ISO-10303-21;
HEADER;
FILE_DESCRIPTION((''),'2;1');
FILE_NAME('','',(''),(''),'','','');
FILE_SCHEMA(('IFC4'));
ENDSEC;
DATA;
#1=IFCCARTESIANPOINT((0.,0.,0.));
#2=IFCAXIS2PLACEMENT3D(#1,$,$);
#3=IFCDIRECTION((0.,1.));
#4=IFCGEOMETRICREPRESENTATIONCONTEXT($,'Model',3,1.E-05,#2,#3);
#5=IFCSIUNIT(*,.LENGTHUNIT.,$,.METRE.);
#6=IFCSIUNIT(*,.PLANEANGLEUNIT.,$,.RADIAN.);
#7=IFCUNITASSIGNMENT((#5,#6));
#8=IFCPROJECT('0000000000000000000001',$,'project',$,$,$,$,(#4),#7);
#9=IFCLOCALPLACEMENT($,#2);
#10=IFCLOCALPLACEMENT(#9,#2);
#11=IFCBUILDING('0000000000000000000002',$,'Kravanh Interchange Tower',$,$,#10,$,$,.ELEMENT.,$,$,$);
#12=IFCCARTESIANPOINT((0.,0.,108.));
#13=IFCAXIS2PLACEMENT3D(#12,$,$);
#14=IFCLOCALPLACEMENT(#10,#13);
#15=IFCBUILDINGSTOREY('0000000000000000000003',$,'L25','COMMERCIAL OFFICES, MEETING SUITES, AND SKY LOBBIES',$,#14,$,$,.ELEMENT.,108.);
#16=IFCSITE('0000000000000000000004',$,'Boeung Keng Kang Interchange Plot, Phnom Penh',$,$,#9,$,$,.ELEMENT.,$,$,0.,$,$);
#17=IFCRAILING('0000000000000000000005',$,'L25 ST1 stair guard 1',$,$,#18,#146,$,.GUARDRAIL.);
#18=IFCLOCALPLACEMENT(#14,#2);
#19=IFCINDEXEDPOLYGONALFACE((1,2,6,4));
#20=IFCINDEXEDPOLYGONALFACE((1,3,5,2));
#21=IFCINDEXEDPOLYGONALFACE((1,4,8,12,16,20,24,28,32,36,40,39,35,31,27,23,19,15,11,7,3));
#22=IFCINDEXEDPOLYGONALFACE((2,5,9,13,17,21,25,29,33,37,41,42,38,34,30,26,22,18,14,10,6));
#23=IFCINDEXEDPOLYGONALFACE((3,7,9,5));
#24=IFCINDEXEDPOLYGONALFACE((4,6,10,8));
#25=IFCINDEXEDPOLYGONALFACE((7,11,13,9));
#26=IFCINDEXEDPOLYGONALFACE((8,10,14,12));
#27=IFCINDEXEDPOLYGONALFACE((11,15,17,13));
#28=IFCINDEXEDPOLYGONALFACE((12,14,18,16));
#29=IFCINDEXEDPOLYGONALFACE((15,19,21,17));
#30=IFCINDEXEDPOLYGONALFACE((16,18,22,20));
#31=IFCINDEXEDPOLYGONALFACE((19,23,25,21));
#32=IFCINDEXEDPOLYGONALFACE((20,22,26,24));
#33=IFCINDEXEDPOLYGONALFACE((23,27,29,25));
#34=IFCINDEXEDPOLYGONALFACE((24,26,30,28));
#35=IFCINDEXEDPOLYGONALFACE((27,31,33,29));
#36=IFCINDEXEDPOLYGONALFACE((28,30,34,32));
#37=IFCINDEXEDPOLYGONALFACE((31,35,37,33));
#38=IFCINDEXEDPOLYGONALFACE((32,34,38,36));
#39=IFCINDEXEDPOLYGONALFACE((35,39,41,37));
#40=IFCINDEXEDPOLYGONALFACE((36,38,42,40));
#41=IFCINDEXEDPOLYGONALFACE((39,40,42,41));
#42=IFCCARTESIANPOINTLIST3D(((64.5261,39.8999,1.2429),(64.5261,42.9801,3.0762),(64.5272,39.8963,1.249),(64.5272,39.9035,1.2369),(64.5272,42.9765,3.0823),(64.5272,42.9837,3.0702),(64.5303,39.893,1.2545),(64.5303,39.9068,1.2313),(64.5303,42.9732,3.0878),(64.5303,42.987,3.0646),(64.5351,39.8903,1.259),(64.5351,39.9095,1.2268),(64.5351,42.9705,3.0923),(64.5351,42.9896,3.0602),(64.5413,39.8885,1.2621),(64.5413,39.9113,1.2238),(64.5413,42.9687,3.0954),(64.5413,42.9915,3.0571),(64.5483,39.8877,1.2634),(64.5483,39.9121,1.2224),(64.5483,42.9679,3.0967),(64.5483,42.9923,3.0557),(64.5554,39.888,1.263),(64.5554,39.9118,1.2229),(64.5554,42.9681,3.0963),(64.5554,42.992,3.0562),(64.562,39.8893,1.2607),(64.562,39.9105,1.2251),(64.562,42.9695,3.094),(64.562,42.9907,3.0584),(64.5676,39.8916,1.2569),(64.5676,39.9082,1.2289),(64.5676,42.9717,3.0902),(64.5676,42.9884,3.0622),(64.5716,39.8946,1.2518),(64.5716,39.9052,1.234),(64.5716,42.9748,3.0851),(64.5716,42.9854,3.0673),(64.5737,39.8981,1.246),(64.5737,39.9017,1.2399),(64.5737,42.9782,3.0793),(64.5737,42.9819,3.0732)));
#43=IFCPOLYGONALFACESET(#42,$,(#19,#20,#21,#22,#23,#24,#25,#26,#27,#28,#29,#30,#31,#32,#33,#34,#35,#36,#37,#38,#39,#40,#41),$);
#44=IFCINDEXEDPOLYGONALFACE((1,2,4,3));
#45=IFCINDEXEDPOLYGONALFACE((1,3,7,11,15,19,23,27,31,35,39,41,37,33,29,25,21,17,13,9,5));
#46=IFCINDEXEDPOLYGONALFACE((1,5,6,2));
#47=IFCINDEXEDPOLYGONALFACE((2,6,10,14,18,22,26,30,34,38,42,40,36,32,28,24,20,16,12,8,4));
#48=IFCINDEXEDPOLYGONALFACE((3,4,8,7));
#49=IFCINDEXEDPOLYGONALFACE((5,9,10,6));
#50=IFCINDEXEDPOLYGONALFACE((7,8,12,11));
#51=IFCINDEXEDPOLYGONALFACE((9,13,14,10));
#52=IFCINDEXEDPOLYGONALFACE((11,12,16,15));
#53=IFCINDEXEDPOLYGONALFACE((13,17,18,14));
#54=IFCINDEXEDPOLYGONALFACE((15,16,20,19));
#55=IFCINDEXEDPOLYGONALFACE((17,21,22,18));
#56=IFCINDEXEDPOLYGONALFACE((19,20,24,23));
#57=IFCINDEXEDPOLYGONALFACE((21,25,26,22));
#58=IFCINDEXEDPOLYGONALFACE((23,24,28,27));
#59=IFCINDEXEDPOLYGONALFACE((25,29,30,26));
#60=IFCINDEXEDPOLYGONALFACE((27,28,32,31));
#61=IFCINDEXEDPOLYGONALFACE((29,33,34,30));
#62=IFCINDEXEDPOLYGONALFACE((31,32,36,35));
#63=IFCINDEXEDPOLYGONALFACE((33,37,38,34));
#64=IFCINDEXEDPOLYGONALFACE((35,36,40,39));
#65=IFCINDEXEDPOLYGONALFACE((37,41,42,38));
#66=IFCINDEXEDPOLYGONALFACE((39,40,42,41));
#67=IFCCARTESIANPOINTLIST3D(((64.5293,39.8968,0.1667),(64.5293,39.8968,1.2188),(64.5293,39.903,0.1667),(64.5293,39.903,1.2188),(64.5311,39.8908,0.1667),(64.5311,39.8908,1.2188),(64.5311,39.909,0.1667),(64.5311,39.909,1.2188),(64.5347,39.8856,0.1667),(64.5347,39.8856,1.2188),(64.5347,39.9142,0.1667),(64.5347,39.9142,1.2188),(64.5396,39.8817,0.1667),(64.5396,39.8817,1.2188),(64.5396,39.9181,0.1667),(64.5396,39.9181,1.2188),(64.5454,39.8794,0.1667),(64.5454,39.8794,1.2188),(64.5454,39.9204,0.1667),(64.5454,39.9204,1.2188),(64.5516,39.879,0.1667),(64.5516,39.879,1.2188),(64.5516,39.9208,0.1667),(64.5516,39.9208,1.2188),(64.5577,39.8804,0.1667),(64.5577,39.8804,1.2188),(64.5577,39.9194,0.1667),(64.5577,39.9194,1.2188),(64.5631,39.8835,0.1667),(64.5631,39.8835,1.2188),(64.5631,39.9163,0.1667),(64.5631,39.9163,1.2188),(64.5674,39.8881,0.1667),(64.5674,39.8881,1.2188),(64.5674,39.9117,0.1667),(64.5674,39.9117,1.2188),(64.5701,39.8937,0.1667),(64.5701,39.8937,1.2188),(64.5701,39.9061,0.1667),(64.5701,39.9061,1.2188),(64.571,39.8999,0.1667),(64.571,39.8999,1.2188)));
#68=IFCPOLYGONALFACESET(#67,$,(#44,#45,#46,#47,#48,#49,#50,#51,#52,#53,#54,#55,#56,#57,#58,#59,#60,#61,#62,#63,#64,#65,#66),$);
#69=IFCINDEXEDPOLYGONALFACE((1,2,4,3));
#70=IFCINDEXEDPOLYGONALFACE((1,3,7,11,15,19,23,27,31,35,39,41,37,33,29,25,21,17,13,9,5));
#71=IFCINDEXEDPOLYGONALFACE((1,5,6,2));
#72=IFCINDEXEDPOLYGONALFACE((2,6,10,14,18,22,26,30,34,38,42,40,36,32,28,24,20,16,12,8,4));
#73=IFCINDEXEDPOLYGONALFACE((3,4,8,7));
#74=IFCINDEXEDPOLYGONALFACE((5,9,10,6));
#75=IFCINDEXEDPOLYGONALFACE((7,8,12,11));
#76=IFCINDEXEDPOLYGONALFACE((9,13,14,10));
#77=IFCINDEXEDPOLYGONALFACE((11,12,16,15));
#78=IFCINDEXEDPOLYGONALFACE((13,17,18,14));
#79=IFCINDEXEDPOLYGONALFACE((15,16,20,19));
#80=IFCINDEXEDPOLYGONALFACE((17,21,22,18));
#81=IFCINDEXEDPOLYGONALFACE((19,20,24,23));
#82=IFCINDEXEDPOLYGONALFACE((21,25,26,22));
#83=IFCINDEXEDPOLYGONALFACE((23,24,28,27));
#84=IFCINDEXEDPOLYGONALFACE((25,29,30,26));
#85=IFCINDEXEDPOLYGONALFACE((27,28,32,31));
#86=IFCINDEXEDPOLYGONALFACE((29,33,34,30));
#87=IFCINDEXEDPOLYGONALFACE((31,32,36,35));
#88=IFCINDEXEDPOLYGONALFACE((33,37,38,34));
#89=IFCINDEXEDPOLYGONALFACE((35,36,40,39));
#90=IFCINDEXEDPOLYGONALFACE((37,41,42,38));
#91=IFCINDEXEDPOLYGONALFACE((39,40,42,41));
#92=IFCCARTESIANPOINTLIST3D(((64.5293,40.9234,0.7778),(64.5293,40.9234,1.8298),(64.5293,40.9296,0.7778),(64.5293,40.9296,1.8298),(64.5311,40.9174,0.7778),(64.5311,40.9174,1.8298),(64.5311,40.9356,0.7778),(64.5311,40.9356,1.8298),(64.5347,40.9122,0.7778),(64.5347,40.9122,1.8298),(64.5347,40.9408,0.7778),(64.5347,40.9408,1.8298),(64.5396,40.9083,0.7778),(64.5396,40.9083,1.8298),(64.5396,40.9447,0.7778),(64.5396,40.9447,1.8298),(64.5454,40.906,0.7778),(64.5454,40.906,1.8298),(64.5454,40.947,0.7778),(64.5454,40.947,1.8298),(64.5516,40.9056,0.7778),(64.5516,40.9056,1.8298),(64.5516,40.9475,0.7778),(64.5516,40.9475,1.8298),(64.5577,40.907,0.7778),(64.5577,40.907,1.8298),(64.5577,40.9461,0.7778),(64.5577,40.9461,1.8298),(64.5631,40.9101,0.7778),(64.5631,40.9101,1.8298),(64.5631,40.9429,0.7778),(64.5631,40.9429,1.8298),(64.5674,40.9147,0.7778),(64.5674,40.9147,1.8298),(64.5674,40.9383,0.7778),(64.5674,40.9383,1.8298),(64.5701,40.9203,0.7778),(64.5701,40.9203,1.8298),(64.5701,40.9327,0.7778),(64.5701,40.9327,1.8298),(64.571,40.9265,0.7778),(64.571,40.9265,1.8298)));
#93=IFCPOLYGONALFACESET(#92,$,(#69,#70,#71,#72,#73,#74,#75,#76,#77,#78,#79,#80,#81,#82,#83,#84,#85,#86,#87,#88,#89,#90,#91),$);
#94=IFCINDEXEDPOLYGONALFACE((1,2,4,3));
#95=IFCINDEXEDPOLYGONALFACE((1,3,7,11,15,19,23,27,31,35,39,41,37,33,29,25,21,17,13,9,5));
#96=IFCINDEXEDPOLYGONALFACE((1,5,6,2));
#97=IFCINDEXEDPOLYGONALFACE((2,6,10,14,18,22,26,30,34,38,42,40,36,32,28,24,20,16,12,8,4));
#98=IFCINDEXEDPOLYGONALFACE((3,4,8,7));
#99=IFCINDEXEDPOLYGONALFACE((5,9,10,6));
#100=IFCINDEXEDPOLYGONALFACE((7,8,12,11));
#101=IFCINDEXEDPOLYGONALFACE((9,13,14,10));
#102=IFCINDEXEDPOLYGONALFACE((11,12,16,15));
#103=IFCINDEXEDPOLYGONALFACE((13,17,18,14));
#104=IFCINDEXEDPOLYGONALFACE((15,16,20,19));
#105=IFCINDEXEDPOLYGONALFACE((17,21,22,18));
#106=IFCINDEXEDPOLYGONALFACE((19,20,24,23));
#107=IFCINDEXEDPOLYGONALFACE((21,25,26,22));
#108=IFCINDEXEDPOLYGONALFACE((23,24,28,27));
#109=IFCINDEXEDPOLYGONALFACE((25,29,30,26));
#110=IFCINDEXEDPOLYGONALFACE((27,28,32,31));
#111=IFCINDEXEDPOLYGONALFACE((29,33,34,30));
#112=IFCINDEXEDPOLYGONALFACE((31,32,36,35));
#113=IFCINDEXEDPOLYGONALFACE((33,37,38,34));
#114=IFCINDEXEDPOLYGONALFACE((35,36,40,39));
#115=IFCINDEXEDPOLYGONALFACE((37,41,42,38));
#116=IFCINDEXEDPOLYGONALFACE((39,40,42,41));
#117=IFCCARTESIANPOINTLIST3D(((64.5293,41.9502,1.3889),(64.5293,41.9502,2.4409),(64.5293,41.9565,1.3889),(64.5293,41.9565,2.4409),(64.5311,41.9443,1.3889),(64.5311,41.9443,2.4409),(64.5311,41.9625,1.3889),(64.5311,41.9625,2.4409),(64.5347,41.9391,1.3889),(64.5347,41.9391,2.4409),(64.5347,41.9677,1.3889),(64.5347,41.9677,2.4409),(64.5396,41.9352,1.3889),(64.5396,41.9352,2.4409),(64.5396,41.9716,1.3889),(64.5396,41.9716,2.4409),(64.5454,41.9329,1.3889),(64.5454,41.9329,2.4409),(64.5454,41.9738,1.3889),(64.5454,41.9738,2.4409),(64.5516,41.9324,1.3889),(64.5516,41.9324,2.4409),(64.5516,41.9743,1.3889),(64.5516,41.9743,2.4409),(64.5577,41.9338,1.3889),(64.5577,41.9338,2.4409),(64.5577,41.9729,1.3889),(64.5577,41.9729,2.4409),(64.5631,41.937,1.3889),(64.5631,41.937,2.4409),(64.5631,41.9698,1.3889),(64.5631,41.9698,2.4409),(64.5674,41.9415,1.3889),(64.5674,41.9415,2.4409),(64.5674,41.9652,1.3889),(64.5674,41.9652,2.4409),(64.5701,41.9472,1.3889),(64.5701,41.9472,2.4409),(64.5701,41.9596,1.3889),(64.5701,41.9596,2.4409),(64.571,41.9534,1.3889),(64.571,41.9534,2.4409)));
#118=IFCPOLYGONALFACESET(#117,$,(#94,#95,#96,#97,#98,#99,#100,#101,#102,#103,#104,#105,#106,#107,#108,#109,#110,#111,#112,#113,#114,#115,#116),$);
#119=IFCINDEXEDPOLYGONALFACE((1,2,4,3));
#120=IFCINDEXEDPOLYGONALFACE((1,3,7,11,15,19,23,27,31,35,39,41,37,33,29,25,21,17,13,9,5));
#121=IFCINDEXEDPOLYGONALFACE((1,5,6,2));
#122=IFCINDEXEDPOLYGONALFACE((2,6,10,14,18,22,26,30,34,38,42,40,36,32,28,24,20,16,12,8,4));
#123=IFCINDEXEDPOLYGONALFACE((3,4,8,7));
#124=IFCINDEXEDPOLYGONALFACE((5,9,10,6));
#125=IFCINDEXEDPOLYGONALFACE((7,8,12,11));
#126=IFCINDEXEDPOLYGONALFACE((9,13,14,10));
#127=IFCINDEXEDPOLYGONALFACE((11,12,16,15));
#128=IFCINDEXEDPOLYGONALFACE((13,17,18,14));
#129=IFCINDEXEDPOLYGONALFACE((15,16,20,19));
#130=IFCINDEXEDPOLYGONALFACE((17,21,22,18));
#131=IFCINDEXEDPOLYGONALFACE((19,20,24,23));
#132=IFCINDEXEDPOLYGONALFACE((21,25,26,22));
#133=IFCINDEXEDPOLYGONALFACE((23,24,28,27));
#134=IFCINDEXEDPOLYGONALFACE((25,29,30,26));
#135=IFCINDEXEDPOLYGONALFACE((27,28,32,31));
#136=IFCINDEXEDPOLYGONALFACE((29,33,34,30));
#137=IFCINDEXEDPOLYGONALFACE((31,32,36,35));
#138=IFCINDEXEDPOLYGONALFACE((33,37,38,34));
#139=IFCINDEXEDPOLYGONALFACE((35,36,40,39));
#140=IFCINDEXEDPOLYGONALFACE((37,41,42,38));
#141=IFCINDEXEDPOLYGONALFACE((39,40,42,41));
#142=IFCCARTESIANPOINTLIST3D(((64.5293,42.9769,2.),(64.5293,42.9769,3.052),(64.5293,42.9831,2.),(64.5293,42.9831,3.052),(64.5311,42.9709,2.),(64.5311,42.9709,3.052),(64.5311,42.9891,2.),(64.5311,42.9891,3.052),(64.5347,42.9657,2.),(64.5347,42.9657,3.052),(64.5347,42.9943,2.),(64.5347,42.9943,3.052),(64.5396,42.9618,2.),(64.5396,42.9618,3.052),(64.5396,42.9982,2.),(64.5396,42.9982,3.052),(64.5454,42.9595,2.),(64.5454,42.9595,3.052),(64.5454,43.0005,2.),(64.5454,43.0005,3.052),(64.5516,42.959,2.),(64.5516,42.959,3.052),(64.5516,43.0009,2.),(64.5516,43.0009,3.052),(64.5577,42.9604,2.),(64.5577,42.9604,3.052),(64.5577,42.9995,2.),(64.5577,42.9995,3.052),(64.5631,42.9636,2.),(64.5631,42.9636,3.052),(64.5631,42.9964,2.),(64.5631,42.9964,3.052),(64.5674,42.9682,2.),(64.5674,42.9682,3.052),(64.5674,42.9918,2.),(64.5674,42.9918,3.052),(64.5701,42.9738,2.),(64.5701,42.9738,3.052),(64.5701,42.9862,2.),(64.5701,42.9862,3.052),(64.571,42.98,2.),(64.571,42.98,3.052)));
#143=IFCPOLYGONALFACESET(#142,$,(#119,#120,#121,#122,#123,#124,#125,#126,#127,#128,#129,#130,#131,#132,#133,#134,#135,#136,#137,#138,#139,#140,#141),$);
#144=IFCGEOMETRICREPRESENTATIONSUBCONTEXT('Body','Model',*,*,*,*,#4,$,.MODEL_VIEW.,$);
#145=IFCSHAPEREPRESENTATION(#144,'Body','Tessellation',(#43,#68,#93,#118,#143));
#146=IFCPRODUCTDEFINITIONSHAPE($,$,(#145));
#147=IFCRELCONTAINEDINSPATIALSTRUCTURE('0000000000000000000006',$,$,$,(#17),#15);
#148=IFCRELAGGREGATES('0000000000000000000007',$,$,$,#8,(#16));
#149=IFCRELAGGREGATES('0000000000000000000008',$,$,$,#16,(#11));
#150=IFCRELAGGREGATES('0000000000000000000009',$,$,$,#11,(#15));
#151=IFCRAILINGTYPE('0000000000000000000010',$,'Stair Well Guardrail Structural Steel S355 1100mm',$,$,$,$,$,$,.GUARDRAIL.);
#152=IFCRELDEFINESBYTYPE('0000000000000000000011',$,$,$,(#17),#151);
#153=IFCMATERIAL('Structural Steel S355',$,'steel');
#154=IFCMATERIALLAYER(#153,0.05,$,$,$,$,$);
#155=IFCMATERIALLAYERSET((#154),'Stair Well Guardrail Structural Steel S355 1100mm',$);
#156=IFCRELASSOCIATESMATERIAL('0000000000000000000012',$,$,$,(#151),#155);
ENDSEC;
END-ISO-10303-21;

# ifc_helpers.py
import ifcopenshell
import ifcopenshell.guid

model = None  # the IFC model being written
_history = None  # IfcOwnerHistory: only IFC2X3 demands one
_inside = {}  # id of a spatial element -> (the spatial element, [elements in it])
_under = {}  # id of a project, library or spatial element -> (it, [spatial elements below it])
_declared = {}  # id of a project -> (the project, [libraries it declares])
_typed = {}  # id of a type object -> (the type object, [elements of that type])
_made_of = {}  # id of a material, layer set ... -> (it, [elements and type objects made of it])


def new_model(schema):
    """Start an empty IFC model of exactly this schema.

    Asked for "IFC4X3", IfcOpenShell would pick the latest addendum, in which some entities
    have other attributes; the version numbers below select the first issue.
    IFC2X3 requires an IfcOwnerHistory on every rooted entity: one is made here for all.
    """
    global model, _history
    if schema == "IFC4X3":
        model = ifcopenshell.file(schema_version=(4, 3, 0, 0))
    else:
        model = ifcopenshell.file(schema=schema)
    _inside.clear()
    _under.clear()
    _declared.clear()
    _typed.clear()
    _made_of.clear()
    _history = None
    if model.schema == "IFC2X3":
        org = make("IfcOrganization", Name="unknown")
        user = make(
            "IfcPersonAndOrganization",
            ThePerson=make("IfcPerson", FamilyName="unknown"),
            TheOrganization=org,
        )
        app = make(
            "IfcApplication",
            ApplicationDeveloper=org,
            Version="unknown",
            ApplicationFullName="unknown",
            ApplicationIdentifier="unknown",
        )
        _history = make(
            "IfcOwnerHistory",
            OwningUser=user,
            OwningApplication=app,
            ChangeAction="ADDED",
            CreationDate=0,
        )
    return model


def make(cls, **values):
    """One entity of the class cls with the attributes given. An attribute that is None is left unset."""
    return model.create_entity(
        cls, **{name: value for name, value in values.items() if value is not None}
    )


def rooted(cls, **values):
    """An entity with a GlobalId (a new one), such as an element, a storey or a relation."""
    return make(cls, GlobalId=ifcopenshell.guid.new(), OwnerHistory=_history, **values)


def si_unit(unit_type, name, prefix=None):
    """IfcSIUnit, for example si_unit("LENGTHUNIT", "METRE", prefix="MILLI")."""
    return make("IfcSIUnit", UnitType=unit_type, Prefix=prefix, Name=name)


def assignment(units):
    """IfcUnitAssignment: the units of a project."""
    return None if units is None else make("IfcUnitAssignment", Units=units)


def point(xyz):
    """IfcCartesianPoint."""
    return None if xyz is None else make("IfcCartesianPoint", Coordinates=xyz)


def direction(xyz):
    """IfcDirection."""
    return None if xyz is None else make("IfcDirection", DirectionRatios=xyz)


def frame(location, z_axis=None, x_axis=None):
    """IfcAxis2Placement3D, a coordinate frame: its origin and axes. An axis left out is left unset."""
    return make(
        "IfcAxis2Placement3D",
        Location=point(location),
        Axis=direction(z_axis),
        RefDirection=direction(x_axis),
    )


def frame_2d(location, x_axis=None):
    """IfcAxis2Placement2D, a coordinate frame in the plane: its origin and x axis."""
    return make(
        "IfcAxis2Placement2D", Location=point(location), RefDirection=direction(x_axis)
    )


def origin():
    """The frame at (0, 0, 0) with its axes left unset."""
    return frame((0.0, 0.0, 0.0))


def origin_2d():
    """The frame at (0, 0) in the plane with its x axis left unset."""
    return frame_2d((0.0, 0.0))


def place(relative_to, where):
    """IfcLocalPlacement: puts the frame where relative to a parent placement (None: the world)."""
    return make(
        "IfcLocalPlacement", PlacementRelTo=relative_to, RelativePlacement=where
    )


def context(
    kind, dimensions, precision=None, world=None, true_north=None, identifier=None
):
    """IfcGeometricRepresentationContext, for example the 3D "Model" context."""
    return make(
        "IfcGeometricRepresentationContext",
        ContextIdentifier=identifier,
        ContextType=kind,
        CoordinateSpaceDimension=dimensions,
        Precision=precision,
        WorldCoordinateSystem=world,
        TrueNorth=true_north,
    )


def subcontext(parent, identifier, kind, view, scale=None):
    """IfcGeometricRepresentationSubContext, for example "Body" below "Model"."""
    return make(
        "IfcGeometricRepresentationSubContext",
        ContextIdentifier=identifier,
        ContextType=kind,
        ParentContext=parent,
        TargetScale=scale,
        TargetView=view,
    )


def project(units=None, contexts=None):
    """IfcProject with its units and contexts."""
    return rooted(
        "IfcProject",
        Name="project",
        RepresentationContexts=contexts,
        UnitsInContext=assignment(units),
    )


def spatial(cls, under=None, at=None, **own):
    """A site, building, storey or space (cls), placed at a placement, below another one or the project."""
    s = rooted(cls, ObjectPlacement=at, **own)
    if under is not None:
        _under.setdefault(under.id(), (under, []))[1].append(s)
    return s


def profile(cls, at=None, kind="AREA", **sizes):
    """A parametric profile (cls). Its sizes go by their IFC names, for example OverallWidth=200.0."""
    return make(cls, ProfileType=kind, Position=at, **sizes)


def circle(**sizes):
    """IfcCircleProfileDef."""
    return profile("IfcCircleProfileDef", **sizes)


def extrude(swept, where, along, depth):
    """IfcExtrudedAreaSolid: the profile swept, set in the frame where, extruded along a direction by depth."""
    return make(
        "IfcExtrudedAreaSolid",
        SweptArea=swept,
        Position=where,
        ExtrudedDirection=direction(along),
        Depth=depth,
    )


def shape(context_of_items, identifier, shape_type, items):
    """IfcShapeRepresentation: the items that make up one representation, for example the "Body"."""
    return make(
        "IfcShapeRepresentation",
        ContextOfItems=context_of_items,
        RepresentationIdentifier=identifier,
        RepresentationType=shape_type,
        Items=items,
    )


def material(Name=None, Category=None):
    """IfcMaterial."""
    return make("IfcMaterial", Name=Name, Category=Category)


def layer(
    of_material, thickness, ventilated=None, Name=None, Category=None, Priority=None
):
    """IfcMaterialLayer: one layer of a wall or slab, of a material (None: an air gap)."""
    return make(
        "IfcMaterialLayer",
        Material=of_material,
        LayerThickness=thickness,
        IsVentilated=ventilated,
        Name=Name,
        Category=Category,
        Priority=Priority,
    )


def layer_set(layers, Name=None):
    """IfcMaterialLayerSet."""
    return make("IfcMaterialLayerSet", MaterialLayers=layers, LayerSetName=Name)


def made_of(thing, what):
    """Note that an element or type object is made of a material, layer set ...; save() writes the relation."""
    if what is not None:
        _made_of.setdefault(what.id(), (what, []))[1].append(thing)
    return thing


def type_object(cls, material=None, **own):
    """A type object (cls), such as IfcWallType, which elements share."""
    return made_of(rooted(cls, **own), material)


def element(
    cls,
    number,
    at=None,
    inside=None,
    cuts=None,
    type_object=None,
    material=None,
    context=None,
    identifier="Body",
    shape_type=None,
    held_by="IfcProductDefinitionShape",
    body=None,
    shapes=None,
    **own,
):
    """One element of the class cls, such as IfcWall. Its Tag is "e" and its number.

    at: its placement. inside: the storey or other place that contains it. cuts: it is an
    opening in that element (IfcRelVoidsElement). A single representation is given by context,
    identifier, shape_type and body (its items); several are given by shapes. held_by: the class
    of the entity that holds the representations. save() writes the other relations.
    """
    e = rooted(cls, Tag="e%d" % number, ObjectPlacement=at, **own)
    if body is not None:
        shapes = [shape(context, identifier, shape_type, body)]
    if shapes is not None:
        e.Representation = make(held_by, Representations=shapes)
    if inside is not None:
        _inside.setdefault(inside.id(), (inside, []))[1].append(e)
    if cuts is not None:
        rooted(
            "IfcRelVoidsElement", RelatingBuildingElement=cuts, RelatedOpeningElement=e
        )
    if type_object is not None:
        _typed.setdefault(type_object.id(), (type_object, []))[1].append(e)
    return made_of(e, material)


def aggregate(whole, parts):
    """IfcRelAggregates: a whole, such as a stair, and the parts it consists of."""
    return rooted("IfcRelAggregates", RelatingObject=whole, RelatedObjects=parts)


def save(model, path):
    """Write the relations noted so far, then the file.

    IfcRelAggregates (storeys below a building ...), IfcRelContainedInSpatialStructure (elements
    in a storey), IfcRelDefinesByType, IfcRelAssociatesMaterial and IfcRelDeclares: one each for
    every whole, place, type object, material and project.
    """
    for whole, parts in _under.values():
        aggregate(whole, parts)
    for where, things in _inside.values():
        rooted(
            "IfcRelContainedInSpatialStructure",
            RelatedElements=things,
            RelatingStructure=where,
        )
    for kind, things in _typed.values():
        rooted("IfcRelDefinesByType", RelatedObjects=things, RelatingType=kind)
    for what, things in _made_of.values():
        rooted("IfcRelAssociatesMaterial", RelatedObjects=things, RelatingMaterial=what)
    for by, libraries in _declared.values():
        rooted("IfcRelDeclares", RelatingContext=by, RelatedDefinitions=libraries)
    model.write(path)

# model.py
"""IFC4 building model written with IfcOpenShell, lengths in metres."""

from ifc_helpers import new_model, si_unit, direction, frame, origin, origin_2d, place, context, subcontext, project, spatial, circle, extrude, material, layer, layer_set, type_object, element, save


model = new_model("IFC4")

# Units and contexts
model_context = context("Model", 3, precision=1e-05, world=origin(), true_north=direction((0.0, 1.0)))
body_context = subcontext(model_context, "Body", "Model", "MODEL_VIEW")
ifc_project = project(units=[si_unit("LENGTHUNIT", "METRE"), si_unit("PLANEANGLEUNIT", "RADIAN")], contexts=[model_context])

# Site, building, storey
site_placement = place(None, origin())
site = spatial("IfcSite", under=ifc_project, at=site_placement, Name="Boeung Keng Kang Interchange Plot, Phnom Penh", CompositionType="ELEMENT", RefElevation=0.0)
building_placement = place(site_placement, origin())
building = spatial("IfcBuilding", under=site, at=building_placement, Name="Kravanh Interchange Tower", CompositionType="ELEMENT")
storey_placement = place(building_placement, frame((0.0, 0.0, 108.0)))
storey = spatial("IfcBuildingStorey", under=building, at=storey_placement, Name="L25", Description="COMMERCIAL OFFICES, MEETING SUITES, AND SKY LOBBIES", CompositionType="ELEMENT", Elevation=108.0)

# Railing
ifc_material_1 = material(Name="Structural Steel S355", Category="steel")
ifc_layer_1 = layer(ifc_material_1, 0.05)
ifc_layer_set_1 = layer_set([ifc_layer_1], Name="Stair Well Guardrail Structural Steel S355 1100mm")
railing_type_1 = type_object("IfcRailingType", Name="Stair Well Guardrail Structural Steel S355 1100mm", PredefinedType="GUARDRAIL", material=ifc_layer_set_1)
railing_1_placement = place(storey_placement, frame((64.55, 39.8999, 0.1667)))
element("IfcRailing", 1, at=railing_1_placement, inside=storey, type_object=railing_type_1, Name="L25 ST1 stair guard 1", PredefinedType="GUARDRAIL", context=body_context, shape_type="SweptSolid", body=[
    extrude(circle(Radius=0.0239, at=origin_2d()), frame((0.0, 0.0, 1.0762), z_axis=(0.0, 0.859309, 0.511458), x_axis=(-1.0, 0.0, 0.0)), (0.0, 0.0, 1.0), 3.5845),
    extrude(circle(Radius=0.021, at=origin_2d()), origin(), (0.0, 0.0, 1.0), 1.052),
    extrude(circle(Radius=0.021, at=origin_2d()), frame((0.0, 1.0266, 0.6111)), (0.0, 0.0, 1.0), 1.052),
    extrude(circle(Radius=0.021, at=origin_2d()), frame((0.0, 2.0535, 1.2222)), (0.0, 0.0, 1.0), 1.052),
    extrude(circle(Radius=0.021, at=origin_2d()), frame((0.0, 3.0801, 1.8333)), (0.0, 0.0, 1.0), 1.052),
])

save(model, "model.ifc")
